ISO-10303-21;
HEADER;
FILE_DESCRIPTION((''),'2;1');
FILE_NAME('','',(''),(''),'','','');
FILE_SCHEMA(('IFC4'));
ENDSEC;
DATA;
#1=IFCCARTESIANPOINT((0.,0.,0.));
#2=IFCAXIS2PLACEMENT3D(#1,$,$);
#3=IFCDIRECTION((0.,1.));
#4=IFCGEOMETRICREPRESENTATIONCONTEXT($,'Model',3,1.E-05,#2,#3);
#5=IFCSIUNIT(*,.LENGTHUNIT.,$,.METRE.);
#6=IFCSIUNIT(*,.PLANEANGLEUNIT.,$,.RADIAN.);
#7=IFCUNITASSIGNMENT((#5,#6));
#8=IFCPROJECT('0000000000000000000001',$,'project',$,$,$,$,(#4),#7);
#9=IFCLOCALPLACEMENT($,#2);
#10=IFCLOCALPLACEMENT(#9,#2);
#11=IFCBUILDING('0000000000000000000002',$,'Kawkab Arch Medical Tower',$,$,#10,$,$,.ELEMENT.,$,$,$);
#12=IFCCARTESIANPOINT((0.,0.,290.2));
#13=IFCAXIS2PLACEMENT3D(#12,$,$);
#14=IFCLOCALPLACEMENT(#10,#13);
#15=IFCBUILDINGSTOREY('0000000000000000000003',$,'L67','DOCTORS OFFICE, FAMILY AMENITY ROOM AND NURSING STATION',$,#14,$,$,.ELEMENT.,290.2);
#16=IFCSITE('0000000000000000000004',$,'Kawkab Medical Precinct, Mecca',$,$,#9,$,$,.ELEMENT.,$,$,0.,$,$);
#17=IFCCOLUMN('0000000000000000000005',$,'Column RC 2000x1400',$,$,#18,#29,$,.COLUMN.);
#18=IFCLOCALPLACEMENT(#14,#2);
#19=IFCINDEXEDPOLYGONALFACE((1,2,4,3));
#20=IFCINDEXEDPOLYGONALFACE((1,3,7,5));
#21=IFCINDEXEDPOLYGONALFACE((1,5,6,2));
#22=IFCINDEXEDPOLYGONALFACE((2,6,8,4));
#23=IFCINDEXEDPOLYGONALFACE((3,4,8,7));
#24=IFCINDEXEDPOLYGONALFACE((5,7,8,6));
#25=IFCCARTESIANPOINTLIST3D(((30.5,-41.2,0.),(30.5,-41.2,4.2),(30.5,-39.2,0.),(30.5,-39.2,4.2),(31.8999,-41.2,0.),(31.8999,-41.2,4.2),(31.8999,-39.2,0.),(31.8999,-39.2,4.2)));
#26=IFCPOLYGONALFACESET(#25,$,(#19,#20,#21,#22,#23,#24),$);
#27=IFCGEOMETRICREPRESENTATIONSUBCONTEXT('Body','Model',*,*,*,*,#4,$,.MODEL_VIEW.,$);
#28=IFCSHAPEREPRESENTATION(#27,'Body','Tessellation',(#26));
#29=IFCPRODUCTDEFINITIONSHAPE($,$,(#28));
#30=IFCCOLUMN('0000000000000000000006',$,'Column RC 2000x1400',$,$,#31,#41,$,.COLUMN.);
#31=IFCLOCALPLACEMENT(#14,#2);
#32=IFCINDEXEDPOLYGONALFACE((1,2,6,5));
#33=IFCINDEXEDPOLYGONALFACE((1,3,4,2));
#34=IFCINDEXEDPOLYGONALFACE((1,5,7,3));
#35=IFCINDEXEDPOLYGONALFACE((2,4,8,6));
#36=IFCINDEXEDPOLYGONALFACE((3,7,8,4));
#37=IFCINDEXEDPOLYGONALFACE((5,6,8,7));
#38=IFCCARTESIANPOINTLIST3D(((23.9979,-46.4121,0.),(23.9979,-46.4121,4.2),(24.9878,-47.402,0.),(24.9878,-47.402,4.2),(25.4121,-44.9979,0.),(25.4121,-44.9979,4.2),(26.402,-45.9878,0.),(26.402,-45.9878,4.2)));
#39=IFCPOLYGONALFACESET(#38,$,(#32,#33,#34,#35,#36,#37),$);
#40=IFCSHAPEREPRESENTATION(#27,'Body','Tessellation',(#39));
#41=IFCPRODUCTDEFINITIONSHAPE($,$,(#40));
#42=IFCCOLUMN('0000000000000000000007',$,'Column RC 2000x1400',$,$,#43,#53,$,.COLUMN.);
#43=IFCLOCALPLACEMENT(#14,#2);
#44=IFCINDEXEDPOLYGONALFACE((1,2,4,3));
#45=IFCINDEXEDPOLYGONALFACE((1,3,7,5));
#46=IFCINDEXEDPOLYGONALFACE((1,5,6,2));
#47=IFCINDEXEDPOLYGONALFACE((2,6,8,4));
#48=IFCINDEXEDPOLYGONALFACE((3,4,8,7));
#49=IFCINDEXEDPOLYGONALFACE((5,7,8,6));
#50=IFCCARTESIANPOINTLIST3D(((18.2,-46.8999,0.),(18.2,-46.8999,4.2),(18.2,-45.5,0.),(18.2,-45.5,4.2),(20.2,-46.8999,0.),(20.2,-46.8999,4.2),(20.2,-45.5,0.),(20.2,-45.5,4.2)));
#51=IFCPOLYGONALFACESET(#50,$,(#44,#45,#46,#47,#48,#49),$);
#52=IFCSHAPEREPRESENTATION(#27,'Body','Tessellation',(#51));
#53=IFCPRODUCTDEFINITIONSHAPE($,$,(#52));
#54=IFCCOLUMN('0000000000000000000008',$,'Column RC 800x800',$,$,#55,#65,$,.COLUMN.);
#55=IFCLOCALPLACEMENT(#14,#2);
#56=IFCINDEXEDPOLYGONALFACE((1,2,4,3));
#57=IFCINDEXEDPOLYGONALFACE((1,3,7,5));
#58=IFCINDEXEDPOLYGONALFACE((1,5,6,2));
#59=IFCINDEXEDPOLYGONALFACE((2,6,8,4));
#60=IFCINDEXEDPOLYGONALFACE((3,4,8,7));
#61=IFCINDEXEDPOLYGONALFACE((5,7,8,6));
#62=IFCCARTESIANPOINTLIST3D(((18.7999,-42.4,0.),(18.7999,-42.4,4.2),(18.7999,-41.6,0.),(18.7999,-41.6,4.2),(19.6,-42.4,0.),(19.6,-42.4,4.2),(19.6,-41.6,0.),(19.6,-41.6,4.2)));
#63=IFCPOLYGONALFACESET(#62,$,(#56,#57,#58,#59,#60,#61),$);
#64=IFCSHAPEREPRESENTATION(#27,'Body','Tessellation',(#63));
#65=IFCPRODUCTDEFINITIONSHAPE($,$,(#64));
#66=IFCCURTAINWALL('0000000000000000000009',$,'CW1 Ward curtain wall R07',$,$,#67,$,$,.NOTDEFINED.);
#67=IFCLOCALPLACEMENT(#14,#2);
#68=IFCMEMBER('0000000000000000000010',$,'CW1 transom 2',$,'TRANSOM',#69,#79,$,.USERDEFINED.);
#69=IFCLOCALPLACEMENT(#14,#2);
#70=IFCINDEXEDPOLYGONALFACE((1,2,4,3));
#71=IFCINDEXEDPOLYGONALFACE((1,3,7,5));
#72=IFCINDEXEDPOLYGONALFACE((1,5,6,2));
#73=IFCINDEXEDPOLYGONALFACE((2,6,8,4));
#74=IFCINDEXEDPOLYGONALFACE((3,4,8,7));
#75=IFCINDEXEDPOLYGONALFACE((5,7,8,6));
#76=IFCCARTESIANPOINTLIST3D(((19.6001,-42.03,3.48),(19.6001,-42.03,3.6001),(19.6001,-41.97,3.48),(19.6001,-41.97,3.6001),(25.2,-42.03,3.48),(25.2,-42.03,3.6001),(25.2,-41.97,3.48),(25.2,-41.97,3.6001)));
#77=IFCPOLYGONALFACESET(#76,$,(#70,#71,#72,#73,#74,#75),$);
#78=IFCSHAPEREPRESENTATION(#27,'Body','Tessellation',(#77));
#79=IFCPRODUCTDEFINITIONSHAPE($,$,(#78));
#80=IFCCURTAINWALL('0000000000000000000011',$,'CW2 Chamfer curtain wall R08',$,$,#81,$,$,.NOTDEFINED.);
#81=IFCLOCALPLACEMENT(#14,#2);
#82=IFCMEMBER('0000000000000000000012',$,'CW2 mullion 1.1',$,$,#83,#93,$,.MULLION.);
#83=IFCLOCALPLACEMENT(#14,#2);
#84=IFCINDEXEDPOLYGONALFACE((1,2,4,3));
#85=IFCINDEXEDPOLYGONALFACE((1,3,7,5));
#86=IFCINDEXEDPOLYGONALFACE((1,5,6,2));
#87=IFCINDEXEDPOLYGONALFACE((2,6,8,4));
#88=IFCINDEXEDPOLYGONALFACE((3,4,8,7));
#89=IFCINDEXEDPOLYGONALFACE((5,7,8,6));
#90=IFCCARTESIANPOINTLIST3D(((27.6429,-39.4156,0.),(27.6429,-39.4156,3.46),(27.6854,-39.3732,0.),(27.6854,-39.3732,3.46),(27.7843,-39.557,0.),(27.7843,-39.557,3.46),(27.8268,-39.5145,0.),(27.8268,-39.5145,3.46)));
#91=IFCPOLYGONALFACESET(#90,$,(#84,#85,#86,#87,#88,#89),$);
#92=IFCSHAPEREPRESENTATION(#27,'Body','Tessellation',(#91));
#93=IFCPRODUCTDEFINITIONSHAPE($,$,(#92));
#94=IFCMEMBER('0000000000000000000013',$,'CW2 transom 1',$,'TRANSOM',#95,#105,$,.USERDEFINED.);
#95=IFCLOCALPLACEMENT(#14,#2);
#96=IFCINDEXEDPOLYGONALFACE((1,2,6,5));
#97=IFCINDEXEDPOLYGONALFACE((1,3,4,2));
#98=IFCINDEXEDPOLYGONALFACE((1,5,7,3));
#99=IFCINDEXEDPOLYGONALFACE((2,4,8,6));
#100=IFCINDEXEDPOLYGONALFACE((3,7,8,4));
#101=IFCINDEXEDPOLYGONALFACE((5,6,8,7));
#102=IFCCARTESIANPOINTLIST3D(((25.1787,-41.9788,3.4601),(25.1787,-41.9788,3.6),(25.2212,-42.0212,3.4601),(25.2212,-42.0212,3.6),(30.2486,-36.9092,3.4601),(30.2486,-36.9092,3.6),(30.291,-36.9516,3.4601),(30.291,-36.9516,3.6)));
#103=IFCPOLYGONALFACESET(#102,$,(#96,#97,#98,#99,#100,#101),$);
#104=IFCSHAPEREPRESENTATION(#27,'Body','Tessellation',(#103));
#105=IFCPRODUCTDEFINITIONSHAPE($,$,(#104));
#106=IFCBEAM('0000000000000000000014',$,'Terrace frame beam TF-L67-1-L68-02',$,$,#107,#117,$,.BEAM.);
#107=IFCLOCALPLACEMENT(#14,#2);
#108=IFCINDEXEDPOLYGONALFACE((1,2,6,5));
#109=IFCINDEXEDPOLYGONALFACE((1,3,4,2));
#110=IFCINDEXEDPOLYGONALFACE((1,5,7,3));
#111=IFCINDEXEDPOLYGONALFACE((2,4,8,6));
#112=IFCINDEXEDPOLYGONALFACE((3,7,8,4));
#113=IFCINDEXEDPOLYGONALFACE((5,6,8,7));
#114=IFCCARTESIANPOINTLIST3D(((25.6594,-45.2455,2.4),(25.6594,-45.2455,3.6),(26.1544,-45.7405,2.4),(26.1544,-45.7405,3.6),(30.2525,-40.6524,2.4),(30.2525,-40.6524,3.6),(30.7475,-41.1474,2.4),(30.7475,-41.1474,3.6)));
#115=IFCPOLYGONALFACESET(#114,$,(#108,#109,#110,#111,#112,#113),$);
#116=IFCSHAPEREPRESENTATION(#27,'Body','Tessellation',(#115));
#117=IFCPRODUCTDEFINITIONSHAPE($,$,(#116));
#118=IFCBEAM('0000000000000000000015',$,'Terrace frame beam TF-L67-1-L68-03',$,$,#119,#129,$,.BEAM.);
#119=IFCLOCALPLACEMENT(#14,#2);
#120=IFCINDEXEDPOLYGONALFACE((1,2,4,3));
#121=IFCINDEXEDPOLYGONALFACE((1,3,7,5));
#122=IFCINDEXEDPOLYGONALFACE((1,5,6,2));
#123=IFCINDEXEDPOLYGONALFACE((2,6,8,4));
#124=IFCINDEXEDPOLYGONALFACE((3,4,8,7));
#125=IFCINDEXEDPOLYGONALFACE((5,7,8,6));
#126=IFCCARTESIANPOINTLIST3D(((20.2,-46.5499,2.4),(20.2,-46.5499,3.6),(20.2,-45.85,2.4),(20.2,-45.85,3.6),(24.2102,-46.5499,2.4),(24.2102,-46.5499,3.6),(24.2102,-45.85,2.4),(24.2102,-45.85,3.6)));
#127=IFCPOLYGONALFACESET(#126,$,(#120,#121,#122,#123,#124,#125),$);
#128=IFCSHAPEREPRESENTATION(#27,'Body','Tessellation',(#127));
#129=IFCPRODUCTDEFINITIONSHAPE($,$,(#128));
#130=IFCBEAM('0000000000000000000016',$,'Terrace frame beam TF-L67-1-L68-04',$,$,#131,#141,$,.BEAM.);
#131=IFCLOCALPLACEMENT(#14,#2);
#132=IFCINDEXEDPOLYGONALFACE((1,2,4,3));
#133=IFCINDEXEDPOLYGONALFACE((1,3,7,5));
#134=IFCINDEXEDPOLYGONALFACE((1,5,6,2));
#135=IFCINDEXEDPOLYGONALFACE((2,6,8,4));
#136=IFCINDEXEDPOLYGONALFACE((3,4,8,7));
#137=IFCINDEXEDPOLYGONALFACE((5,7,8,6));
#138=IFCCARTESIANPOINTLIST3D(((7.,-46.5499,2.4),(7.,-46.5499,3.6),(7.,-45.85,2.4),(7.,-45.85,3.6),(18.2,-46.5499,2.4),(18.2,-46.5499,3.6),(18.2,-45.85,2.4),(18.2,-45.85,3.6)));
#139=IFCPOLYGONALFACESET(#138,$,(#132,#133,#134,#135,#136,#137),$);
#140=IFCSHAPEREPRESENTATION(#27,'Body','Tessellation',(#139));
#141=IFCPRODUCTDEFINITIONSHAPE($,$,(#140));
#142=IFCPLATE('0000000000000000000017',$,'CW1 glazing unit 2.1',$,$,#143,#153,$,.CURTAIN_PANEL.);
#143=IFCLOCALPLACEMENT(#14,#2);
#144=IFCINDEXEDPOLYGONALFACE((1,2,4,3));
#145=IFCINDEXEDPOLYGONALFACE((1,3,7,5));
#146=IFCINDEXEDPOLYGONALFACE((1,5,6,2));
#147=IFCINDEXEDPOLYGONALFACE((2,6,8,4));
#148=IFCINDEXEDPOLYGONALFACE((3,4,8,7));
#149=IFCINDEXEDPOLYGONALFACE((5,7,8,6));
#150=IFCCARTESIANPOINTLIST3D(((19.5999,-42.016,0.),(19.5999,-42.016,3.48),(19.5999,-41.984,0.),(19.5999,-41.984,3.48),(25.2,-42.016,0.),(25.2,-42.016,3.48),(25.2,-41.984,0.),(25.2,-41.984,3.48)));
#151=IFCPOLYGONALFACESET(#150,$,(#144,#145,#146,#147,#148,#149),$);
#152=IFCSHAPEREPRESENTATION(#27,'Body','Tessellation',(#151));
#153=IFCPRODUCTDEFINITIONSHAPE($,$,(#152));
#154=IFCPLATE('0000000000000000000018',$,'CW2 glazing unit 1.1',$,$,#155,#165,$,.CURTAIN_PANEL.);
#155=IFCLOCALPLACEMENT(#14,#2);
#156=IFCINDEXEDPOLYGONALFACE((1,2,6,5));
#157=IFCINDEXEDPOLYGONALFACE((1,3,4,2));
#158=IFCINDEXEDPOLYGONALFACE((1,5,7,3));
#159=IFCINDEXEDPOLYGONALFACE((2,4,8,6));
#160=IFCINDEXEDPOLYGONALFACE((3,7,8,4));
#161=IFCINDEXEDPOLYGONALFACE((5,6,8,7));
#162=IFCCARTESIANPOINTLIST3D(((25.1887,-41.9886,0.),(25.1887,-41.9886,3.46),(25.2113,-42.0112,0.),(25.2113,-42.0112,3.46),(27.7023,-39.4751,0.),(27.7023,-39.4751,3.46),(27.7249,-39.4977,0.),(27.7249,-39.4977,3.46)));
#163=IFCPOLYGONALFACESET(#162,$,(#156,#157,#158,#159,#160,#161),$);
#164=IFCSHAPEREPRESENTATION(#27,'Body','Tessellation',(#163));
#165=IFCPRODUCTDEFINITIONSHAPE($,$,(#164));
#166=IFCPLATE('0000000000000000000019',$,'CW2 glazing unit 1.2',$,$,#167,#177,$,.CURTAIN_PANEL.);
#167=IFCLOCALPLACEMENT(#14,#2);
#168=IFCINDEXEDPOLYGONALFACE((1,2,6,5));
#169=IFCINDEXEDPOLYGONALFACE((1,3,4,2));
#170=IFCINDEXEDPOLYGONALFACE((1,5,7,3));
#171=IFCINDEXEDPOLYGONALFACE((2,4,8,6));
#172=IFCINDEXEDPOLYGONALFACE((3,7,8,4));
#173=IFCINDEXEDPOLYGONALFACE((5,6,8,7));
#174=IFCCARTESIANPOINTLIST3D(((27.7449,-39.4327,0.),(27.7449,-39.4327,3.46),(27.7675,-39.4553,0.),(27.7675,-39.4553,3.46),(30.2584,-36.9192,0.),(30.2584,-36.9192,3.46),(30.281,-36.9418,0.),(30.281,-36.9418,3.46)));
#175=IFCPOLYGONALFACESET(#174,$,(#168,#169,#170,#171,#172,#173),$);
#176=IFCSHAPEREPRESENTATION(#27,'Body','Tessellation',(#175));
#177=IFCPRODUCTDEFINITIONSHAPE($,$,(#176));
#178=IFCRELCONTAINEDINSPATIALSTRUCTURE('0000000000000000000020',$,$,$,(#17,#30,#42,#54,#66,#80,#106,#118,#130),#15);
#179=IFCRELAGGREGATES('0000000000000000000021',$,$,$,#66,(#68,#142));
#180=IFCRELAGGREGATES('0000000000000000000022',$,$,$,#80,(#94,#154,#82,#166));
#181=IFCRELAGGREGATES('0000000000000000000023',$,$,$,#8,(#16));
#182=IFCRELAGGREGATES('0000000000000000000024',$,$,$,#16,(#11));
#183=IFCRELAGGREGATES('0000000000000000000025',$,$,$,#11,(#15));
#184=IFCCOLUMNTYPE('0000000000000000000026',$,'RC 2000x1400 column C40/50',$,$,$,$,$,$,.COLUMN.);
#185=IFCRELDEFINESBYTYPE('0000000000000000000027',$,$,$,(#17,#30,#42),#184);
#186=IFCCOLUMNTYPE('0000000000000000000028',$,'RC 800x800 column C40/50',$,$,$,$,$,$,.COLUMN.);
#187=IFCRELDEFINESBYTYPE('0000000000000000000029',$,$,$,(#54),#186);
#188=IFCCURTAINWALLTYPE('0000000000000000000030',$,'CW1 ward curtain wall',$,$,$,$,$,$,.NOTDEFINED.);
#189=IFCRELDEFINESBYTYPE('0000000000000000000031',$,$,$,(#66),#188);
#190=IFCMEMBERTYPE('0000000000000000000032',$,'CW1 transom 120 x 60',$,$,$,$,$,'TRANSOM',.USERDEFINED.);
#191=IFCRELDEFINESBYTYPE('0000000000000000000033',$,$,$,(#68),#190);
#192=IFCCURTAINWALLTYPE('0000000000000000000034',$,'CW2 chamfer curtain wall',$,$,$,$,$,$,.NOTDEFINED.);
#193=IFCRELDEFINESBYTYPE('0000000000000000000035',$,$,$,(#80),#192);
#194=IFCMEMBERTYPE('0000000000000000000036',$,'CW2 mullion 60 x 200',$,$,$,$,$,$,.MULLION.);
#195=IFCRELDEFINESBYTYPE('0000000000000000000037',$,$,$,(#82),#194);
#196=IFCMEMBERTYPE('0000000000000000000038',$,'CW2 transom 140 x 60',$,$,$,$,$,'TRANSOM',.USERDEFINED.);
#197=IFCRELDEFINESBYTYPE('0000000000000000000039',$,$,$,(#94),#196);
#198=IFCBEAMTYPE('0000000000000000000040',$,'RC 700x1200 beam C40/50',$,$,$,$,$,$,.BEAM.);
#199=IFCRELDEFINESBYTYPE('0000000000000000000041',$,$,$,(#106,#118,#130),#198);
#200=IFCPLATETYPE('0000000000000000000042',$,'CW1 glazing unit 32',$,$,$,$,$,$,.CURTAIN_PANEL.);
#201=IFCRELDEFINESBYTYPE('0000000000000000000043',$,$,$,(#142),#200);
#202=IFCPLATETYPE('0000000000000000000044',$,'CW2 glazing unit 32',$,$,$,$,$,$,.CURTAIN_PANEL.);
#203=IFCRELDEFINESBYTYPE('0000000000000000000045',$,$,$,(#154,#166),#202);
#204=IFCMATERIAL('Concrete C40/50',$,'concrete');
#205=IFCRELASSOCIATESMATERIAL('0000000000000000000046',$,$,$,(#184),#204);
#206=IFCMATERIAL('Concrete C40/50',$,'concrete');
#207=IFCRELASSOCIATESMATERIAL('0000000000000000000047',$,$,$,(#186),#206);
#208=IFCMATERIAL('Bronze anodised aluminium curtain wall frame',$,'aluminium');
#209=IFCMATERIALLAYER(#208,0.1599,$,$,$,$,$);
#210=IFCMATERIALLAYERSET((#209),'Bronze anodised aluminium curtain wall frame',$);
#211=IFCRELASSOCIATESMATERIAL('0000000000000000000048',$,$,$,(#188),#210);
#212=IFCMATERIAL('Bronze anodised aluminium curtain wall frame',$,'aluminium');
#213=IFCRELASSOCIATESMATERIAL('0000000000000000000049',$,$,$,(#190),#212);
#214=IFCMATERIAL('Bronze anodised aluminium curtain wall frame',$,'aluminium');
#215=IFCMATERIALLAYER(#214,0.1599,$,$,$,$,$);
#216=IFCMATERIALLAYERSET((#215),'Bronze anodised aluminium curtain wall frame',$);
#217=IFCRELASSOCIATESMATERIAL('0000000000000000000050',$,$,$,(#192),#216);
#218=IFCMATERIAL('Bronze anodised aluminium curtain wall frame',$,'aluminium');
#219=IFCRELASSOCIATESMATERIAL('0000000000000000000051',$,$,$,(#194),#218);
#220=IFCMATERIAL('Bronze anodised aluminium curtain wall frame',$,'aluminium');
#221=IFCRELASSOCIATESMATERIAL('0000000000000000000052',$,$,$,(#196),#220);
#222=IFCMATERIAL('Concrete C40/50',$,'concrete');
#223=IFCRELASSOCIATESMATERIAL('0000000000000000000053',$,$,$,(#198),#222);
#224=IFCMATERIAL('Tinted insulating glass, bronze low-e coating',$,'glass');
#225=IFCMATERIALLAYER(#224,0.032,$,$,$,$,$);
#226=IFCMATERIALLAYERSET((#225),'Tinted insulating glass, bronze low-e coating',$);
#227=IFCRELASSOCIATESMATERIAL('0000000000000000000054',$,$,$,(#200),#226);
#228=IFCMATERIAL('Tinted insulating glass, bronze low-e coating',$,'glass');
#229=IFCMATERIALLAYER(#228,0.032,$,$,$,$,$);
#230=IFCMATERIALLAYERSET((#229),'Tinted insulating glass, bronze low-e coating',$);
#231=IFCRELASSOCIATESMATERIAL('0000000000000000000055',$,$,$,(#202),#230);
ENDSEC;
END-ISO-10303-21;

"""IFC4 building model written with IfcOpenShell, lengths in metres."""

from ifc_helpers import new_model, si_unit, direction, frame, origin, origin_2d, place, context, subcontext, project, spatial, rectangle, extrude, material, layer, layer_set, material_profile, profile_set, type_object, element, aggregate, save


model = new_model("IFC4")

# Units and contexts
model_context = context("Model", 3, precision=1e-05, world=origin(), true_north=direction((0.0, 1.0)))
body_context = subcontext(model_context, "Body", "Model", "MODEL_VIEW")
ifc_project = project(units=[si_unit("LENGTHUNIT", "METRE"), si_unit("PLANEANGLEUNIT", "RADIAN")], contexts=[model_context])

# Site, building, storey
site_placement = place(None, origin())
site = spatial("IfcSite", under=ifc_project, at=site_placement, Name="Kawkab Medical Precinct, Mecca", CompositionType="ELEMENT", RefElevation=0.0)
building_placement = place(site_placement, origin())
building = spatial("IfcBuilding", under=site, at=building_placement, Name="Kawkab Arch Medical Tower", CompositionType="ELEMENT")
storey_placement = place(building_placement, frame((0.0, 0.0, 290.2)))
storey = spatial("IfcBuildingStorey", under=building, at=storey_placement, Name="L67", Description="DOCTORS OFFICE, FAMILY AMENITY ROOM AND NURSING STATION", CompositionType="ELEMENT", Elevation=290.2)

# Columns
ifc_material_1 = material(Name="Concrete C40/50", Category="concrete")
ifc_material_profile_1 = material_profile(ifc_material_1, rectangle(XDim=2.0, YDim=1.3999, at=origin_2d()), Name="RC 2000x1400")
ifc_profile_set_1 = profile_set([ifc_material_profile_1], Name="Concrete C40/50")
column_type_1 = type_object("IfcColumnType", Name="RC 2000x1400 column C40/50", PredefinedType="COLUMN", material=ifc_profile_set_1)
for number, where, z_axis, x_axis, name in (
    (1, (31.2, -40.2, 0.0), (0.0, 0.0, 1.0), (0.0, -1.0, 0.0), "Column RC 2000x1400"),
    (2, (25.2, -46.2, 0.0), (0.0, 0.0, 1.0), (-0.707107, -0.707107, 0.0), "Column RC 2000x1400"),
    (3, (19.2, -46.2, 0.0), (0.0, 0.0, 1.0), (-1.0, 0.0, 0.0), "Column RC 2000x1400"),
):
    element("IfcColumn", number, at=place(storey_placement, frame(where, z_axis=z_axis, x_axis=x_axis)), inside=storey, type_object=column_type_1, Name=name, PredefinedType="COLUMN", context=body_context, shape_type="SweptSolid", body=[
        extrude(rectangle(XDim=2.0, YDim=1.3999, at=origin_2d()), origin(), (0.0, 0.0, 1.0), 4.2),
    ])
ifc_material_2 = material(Name="Concrete C40/50", Category="concrete")
ifc_material_profile_2 = material_profile(ifc_material_2, rectangle(XDim=0.8, YDim=0.8, at=origin_2d()), Name="RC 800x800")
ifc_profile_set_2 = profile_set([ifc_material_profile_2], Name="Concrete C40/50")
column_type_2 = type_object("IfcColumnType", Name="RC 800x800 column C40/50", PredefinedType="COLUMN", material=ifc_profile_set_2)
column_placement = place(storey_placement, frame((19.2, -42.0, 0.0), z_axis=(0.0, 0.0, 1.0), x_axis=(1.0, 0.0, 0.0)))
element("IfcColumn", 4, at=column_placement, inside=storey, type_object=column_type_2, Name="Column RC 800x800", PredefinedType="COLUMN", context=body_context, shape_type="SweptSolid", body=[
    extrude(rectangle(XDim=0.8, YDim=0.8, at=origin_2d()), origin(), (0.0, 0.0, 1.0), 4.2),
])

# Curtain wall, member
ifc_material_3 = material(Name="Bronze anodised aluminium curtain wall frame", Category="aluminium")
ifc_layer_1 = layer(ifc_material_3, 0.1599)
ifc_layer_set_1 = layer_set([ifc_layer_1], Name="Bronze anodised aluminium curtain wall frame")
curtain_wall_type_1 = type_object("IfcCurtainWallType", Name="CW1 ward curtain wall", PredefinedType="NOTDEFINED", material=ifc_layer_set_1)
placement = place(storey_placement, origin())
curtain_wall_1 = element("IfcCurtainWall", 5, at=placement, inside=storey, type_object=curtain_wall_type_1, Name="CW1 Ward curtain wall R07", PredefinedType="NOTDEFINED")
ifc_material_4 = material(Name="Bronze anodised aluminium curtain wall frame", Category="aluminium")
ifc_material_profile_3 = material_profile(ifc_material_4, rectangle(XDim=0.0601, YDim=0.1201, at=origin_2d()), Name="AL 60x120")
ifc_profile_set_3 = profile_set([ifc_material_profile_3], Name="Bronze anodised aluminium curtain wall frame")
member_type_1 = type_object("IfcMemberType", Name="CW1 transom 120 x 60", ElementType="TRANSOM", PredefinedType="USERDEFINED", material=ifc_profile_set_3)
member_1_placement = place(storey_placement, frame((19.6001, -42.0, 3.54), z_axis=(1.0, 0.0, 0.0), x_axis=(0.0, 1.0, 0.0)))
member_1 = element("IfcMember", 6, at=member_1_placement, type_object=member_type_1, Name="CW1 transom 2", ObjectType="TRANSOM", PredefinedType="USERDEFINED", context=body_context, shape_type="SweptSolid", body=[
    extrude(rectangle(XDim=0.0601, YDim=0.1201, at=origin_2d()), origin(), (0.0, 0.0, 1.0), 5.5999),
])

# Curtain wall, members
ifc_material_5 = material(Name="Bronze anodised aluminium curtain wall frame", Category="aluminium")
ifc_layer_2 = layer(ifc_material_5, 0.1599)
ifc_layer_set_2 = layer_set([ifc_layer_2], Name="Bronze anodised aluminium curtain wall frame")
curtain_wall_type_2 = type_object("IfcCurtainWallType", Name="CW2 chamfer curtain wall", PredefinedType="NOTDEFINED", material=ifc_layer_set_2)
curtain_wall_2 = element("IfcCurtainWall", 7, at=placement, inside=storey, type_object=curtain_wall_type_2, Name="CW2 Chamfer curtain wall R08", PredefinedType="NOTDEFINED")
ifc_material_6 = material(Name="Bronze anodised aluminium curtain wall frame", Category="aluminium")
ifc_material_profile_4 = material_profile(ifc_material_6, rectangle(XDim=0.2, YDim=0.0601, at=origin_2d()), Name="AL 60x200")
ifc_profile_set_4 = profile_set([ifc_material_profile_4], Name="Bronze anodised aluminium curtain wall frame")
member_type_2 = type_object("IfcMemberType", Name="CW2 mullion 60 x 200", PredefinedType="MULLION", material=ifc_profile_set_4)
member_2_placement = place(storey_placement, frame((27.7349, -39.4651, 0.0), z_axis=(0.0, 0.0, 1.0), x_axis=(-0.707107, 0.707107, 0.0)))
member_2 = element("IfcMember", 8, at=member_2_placement, type_object=member_type_2, Name="CW2 mullion 1.1", PredefinedType="MULLION", context=body_context, shape_type="SweptSolid", body=[
    extrude(rectangle(XDim=0.2, YDim=0.0601, at=origin_2d()), origin(), (0.0, 0.0, 1.0), 3.46),
])
ifc_material_7 = material(Name="Bronze anodised aluminium curtain wall frame", Category="aluminium")
ifc_material_profile_5 = material_profile(ifc_material_7, rectangle(XDim=0.0601, YDim=0.1399, at=origin_2d()), Name="AL 60x140")
ifc_profile_set_5 = profile_set([ifc_material_profile_5], Name="Bronze anodised aluminium curtain wall frame")
member_type_3 = type_object("IfcMemberType", Name="CW2 transom 140 x 60", ElementType="TRANSOM", PredefinedType="USERDEFINED", material=ifc_profile_set_5)
member_3_placement = place(storey_placement, frame((25.2, -42.0, 3.53), z_axis=(0.707124, 0.70709, 0.0), x_axis=(-0.70709, 0.707124, 0.0)))
member_3 = element("IfcMember", 9, at=member_3_placement, type_object=member_type_3, Name="CW2 transom 1", ObjectType="TRANSOM", PredefinedType="USERDEFINED", context=body_context, shape_type="SweptSolid", body=[
    extrude(rectangle(XDim=0.0601, YDim=0.1399, at=origin_2d()), origin(), (0.0, 0.0, 1.0), 7.1697),
])

# Beams
ifc_material_8 = material(Name="Concrete C40/50", Category="concrete")
ifc_material_profile_6 = material_profile(ifc_material_8, rectangle(XDim=0.7, YDim=1.2, at=origin_2d()), Name="RC 700x1200")
ifc_profile_set_6 = profile_set([ifc_material_profile_6], Name="Concrete C40/50")
beam_type = type_object("IfcBeamType", Name="RC 700x1200 beam C40/50", PredefinedType="BEAM", material=ifc_profile_set_6)
beam_1_placement = place(storey_placement, frame((30.5, -40.8999, 3.0), z_axis=(-0.707107, -0.707107, 0.0), x_axis=(0.707107, -0.707107, 0.0)))
element("IfcBeam", 10, at=beam_1_placement, inside=storey, type_object=beam_type, Name="Terrace frame beam TF-L67-1-L68-02", PredefinedType="BEAM", context=body_context, shape_type="SweptSolid", body=[
    extrude(rectangle(XDim=0.7, YDim=1.2, at=origin_2d()), origin(), (0.0, 0.0, 1.0), 6.4956),
])
beam_2_placement = place(storey_placement, frame((24.2102, -46.2, 3.0), z_axis=(-1.0, 0.0, 0.0), x_axis=(0.0, -1.0, 0.0)))
element("IfcBeam", 11, at=beam_2_placement, inside=storey, type_object=beam_type, Name="Terrace frame beam TF-L67-1-L68-03", PredefinedType="BEAM", context=body_context, shape_type="SweptSolid", body=[
    extrude(rectangle(XDim=0.7, YDim=1.2, at=origin_2d()), origin(), (0.0, 0.0, 1.0), 4.0103),
])
beam_3_placement = place(storey_placement, frame((18.2, -46.2, 3.0), z_axis=(-1.0, 0.0, 0.0), x_axis=(0.0, -1.0, 0.0)))
element("IfcBeam", 12, at=beam_3_placement, inside=storey, type_object=beam_type, Name="Terrace frame beam TF-L67-1-L68-04", PredefinedType="BEAM", context=body_context, shape_type="SweptSolid", body=[
    extrude(rectangle(XDim=0.7, YDim=1.2, at=origin_2d()), origin(), (0.0, 0.0, 1.0), 11.2),
])

# Plates
ifc_material_9 = material(Name="Tinted insulating glass, bronze low-e coating", Category="glass")
ifc_layer_3 = layer(ifc_material_9, 0.032)
ifc_layer_set_3 = layer_set([ifc_layer_3], Name="Tinted insulating glass, bronze low-e coating")
plate_type_1 = type_object("IfcPlateType", Name="CW1 glazing unit 32", PredefinedType="CURTAIN_PANEL", material=ifc_layer_set_3)
plate_1_placement = place(storey_placement, frame((22.3999, -42.0, 0.0), z_axis=(0.0, 0.0, 1.0), x_axis=(1.0, 0.0, 0.0)))
plate_1 = element("IfcPlate", 13, at=plate_1_placement, type_object=plate_type_1, Name="CW1 glazing unit 2.1", PredefinedType="CURTAIN_PANEL", context=body_context, shape_type="SweptSolid", body=[
    extrude(rectangle(XDim=5.6001, YDim=0.032, at=origin_2d()), origin(), (0.0, 0.0, 1.0), 3.48),
])
aggregate(curtain_wall_1, [member_1, plate_1])
ifc_material_10 = material(Name="Tinted insulating glass, bronze low-e coating", Category="glass")
ifc_layer_4 = layer(ifc_material_10, 0.032)
ifc_layer_set_4 = layer_set([ifc_layer_4], Name="Tinted insulating glass, bronze low-e coating")
plate_type_2 = type_object("IfcPlateType", Name="CW2 glazing unit 32", PredefinedType="CURTAIN_PANEL", material=ifc_layer_set_4)
plate_2_placement = place(storey_placement, frame((26.4568, -40.7432, 0.0), z_axis=(0.0, 0.0, 1.0), x_axis=(0.707107, 0.707107, 0.0)))
plate_2 = element("IfcPlate", 14, at=plate_2_placement, type_object=plate_type_2, Name="CW2 glazing unit 1.1", PredefinedType="CURTAIN_PANEL", context=body_context, shape_type="SweptSolid", body=[
    extrude(rectangle(XDim=3.5547, YDim=0.032, at=origin_2d()), origin(), (0.0, 0.0, 1.0), 3.46),
])
plate_3_placement = place(storey_placement, frame((29.0129, -38.1873, 0.0), z_axis=(0.0, 0.0, 1.0), x_axis=(0.707107, 0.707107, 0.0)))
plate_3 = element("IfcPlate", 15, at=plate_3_placement, type_object=plate_type_2, Name="CW2 glazing unit 1.2", PredefinedType="CURTAIN_PANEL", context=body_context, shape_type="SweptSolid", body=[
    extrude(rectangle(XDim=3.5547, YDim=0.032, at=origin_2d()), origin(), (0.0, 0.0, 1.0), 3.46),
])
aggregate(curtain_wall_2, [member_3, plate_2, member_2, plate_3])

save(model, "model.ifc")
